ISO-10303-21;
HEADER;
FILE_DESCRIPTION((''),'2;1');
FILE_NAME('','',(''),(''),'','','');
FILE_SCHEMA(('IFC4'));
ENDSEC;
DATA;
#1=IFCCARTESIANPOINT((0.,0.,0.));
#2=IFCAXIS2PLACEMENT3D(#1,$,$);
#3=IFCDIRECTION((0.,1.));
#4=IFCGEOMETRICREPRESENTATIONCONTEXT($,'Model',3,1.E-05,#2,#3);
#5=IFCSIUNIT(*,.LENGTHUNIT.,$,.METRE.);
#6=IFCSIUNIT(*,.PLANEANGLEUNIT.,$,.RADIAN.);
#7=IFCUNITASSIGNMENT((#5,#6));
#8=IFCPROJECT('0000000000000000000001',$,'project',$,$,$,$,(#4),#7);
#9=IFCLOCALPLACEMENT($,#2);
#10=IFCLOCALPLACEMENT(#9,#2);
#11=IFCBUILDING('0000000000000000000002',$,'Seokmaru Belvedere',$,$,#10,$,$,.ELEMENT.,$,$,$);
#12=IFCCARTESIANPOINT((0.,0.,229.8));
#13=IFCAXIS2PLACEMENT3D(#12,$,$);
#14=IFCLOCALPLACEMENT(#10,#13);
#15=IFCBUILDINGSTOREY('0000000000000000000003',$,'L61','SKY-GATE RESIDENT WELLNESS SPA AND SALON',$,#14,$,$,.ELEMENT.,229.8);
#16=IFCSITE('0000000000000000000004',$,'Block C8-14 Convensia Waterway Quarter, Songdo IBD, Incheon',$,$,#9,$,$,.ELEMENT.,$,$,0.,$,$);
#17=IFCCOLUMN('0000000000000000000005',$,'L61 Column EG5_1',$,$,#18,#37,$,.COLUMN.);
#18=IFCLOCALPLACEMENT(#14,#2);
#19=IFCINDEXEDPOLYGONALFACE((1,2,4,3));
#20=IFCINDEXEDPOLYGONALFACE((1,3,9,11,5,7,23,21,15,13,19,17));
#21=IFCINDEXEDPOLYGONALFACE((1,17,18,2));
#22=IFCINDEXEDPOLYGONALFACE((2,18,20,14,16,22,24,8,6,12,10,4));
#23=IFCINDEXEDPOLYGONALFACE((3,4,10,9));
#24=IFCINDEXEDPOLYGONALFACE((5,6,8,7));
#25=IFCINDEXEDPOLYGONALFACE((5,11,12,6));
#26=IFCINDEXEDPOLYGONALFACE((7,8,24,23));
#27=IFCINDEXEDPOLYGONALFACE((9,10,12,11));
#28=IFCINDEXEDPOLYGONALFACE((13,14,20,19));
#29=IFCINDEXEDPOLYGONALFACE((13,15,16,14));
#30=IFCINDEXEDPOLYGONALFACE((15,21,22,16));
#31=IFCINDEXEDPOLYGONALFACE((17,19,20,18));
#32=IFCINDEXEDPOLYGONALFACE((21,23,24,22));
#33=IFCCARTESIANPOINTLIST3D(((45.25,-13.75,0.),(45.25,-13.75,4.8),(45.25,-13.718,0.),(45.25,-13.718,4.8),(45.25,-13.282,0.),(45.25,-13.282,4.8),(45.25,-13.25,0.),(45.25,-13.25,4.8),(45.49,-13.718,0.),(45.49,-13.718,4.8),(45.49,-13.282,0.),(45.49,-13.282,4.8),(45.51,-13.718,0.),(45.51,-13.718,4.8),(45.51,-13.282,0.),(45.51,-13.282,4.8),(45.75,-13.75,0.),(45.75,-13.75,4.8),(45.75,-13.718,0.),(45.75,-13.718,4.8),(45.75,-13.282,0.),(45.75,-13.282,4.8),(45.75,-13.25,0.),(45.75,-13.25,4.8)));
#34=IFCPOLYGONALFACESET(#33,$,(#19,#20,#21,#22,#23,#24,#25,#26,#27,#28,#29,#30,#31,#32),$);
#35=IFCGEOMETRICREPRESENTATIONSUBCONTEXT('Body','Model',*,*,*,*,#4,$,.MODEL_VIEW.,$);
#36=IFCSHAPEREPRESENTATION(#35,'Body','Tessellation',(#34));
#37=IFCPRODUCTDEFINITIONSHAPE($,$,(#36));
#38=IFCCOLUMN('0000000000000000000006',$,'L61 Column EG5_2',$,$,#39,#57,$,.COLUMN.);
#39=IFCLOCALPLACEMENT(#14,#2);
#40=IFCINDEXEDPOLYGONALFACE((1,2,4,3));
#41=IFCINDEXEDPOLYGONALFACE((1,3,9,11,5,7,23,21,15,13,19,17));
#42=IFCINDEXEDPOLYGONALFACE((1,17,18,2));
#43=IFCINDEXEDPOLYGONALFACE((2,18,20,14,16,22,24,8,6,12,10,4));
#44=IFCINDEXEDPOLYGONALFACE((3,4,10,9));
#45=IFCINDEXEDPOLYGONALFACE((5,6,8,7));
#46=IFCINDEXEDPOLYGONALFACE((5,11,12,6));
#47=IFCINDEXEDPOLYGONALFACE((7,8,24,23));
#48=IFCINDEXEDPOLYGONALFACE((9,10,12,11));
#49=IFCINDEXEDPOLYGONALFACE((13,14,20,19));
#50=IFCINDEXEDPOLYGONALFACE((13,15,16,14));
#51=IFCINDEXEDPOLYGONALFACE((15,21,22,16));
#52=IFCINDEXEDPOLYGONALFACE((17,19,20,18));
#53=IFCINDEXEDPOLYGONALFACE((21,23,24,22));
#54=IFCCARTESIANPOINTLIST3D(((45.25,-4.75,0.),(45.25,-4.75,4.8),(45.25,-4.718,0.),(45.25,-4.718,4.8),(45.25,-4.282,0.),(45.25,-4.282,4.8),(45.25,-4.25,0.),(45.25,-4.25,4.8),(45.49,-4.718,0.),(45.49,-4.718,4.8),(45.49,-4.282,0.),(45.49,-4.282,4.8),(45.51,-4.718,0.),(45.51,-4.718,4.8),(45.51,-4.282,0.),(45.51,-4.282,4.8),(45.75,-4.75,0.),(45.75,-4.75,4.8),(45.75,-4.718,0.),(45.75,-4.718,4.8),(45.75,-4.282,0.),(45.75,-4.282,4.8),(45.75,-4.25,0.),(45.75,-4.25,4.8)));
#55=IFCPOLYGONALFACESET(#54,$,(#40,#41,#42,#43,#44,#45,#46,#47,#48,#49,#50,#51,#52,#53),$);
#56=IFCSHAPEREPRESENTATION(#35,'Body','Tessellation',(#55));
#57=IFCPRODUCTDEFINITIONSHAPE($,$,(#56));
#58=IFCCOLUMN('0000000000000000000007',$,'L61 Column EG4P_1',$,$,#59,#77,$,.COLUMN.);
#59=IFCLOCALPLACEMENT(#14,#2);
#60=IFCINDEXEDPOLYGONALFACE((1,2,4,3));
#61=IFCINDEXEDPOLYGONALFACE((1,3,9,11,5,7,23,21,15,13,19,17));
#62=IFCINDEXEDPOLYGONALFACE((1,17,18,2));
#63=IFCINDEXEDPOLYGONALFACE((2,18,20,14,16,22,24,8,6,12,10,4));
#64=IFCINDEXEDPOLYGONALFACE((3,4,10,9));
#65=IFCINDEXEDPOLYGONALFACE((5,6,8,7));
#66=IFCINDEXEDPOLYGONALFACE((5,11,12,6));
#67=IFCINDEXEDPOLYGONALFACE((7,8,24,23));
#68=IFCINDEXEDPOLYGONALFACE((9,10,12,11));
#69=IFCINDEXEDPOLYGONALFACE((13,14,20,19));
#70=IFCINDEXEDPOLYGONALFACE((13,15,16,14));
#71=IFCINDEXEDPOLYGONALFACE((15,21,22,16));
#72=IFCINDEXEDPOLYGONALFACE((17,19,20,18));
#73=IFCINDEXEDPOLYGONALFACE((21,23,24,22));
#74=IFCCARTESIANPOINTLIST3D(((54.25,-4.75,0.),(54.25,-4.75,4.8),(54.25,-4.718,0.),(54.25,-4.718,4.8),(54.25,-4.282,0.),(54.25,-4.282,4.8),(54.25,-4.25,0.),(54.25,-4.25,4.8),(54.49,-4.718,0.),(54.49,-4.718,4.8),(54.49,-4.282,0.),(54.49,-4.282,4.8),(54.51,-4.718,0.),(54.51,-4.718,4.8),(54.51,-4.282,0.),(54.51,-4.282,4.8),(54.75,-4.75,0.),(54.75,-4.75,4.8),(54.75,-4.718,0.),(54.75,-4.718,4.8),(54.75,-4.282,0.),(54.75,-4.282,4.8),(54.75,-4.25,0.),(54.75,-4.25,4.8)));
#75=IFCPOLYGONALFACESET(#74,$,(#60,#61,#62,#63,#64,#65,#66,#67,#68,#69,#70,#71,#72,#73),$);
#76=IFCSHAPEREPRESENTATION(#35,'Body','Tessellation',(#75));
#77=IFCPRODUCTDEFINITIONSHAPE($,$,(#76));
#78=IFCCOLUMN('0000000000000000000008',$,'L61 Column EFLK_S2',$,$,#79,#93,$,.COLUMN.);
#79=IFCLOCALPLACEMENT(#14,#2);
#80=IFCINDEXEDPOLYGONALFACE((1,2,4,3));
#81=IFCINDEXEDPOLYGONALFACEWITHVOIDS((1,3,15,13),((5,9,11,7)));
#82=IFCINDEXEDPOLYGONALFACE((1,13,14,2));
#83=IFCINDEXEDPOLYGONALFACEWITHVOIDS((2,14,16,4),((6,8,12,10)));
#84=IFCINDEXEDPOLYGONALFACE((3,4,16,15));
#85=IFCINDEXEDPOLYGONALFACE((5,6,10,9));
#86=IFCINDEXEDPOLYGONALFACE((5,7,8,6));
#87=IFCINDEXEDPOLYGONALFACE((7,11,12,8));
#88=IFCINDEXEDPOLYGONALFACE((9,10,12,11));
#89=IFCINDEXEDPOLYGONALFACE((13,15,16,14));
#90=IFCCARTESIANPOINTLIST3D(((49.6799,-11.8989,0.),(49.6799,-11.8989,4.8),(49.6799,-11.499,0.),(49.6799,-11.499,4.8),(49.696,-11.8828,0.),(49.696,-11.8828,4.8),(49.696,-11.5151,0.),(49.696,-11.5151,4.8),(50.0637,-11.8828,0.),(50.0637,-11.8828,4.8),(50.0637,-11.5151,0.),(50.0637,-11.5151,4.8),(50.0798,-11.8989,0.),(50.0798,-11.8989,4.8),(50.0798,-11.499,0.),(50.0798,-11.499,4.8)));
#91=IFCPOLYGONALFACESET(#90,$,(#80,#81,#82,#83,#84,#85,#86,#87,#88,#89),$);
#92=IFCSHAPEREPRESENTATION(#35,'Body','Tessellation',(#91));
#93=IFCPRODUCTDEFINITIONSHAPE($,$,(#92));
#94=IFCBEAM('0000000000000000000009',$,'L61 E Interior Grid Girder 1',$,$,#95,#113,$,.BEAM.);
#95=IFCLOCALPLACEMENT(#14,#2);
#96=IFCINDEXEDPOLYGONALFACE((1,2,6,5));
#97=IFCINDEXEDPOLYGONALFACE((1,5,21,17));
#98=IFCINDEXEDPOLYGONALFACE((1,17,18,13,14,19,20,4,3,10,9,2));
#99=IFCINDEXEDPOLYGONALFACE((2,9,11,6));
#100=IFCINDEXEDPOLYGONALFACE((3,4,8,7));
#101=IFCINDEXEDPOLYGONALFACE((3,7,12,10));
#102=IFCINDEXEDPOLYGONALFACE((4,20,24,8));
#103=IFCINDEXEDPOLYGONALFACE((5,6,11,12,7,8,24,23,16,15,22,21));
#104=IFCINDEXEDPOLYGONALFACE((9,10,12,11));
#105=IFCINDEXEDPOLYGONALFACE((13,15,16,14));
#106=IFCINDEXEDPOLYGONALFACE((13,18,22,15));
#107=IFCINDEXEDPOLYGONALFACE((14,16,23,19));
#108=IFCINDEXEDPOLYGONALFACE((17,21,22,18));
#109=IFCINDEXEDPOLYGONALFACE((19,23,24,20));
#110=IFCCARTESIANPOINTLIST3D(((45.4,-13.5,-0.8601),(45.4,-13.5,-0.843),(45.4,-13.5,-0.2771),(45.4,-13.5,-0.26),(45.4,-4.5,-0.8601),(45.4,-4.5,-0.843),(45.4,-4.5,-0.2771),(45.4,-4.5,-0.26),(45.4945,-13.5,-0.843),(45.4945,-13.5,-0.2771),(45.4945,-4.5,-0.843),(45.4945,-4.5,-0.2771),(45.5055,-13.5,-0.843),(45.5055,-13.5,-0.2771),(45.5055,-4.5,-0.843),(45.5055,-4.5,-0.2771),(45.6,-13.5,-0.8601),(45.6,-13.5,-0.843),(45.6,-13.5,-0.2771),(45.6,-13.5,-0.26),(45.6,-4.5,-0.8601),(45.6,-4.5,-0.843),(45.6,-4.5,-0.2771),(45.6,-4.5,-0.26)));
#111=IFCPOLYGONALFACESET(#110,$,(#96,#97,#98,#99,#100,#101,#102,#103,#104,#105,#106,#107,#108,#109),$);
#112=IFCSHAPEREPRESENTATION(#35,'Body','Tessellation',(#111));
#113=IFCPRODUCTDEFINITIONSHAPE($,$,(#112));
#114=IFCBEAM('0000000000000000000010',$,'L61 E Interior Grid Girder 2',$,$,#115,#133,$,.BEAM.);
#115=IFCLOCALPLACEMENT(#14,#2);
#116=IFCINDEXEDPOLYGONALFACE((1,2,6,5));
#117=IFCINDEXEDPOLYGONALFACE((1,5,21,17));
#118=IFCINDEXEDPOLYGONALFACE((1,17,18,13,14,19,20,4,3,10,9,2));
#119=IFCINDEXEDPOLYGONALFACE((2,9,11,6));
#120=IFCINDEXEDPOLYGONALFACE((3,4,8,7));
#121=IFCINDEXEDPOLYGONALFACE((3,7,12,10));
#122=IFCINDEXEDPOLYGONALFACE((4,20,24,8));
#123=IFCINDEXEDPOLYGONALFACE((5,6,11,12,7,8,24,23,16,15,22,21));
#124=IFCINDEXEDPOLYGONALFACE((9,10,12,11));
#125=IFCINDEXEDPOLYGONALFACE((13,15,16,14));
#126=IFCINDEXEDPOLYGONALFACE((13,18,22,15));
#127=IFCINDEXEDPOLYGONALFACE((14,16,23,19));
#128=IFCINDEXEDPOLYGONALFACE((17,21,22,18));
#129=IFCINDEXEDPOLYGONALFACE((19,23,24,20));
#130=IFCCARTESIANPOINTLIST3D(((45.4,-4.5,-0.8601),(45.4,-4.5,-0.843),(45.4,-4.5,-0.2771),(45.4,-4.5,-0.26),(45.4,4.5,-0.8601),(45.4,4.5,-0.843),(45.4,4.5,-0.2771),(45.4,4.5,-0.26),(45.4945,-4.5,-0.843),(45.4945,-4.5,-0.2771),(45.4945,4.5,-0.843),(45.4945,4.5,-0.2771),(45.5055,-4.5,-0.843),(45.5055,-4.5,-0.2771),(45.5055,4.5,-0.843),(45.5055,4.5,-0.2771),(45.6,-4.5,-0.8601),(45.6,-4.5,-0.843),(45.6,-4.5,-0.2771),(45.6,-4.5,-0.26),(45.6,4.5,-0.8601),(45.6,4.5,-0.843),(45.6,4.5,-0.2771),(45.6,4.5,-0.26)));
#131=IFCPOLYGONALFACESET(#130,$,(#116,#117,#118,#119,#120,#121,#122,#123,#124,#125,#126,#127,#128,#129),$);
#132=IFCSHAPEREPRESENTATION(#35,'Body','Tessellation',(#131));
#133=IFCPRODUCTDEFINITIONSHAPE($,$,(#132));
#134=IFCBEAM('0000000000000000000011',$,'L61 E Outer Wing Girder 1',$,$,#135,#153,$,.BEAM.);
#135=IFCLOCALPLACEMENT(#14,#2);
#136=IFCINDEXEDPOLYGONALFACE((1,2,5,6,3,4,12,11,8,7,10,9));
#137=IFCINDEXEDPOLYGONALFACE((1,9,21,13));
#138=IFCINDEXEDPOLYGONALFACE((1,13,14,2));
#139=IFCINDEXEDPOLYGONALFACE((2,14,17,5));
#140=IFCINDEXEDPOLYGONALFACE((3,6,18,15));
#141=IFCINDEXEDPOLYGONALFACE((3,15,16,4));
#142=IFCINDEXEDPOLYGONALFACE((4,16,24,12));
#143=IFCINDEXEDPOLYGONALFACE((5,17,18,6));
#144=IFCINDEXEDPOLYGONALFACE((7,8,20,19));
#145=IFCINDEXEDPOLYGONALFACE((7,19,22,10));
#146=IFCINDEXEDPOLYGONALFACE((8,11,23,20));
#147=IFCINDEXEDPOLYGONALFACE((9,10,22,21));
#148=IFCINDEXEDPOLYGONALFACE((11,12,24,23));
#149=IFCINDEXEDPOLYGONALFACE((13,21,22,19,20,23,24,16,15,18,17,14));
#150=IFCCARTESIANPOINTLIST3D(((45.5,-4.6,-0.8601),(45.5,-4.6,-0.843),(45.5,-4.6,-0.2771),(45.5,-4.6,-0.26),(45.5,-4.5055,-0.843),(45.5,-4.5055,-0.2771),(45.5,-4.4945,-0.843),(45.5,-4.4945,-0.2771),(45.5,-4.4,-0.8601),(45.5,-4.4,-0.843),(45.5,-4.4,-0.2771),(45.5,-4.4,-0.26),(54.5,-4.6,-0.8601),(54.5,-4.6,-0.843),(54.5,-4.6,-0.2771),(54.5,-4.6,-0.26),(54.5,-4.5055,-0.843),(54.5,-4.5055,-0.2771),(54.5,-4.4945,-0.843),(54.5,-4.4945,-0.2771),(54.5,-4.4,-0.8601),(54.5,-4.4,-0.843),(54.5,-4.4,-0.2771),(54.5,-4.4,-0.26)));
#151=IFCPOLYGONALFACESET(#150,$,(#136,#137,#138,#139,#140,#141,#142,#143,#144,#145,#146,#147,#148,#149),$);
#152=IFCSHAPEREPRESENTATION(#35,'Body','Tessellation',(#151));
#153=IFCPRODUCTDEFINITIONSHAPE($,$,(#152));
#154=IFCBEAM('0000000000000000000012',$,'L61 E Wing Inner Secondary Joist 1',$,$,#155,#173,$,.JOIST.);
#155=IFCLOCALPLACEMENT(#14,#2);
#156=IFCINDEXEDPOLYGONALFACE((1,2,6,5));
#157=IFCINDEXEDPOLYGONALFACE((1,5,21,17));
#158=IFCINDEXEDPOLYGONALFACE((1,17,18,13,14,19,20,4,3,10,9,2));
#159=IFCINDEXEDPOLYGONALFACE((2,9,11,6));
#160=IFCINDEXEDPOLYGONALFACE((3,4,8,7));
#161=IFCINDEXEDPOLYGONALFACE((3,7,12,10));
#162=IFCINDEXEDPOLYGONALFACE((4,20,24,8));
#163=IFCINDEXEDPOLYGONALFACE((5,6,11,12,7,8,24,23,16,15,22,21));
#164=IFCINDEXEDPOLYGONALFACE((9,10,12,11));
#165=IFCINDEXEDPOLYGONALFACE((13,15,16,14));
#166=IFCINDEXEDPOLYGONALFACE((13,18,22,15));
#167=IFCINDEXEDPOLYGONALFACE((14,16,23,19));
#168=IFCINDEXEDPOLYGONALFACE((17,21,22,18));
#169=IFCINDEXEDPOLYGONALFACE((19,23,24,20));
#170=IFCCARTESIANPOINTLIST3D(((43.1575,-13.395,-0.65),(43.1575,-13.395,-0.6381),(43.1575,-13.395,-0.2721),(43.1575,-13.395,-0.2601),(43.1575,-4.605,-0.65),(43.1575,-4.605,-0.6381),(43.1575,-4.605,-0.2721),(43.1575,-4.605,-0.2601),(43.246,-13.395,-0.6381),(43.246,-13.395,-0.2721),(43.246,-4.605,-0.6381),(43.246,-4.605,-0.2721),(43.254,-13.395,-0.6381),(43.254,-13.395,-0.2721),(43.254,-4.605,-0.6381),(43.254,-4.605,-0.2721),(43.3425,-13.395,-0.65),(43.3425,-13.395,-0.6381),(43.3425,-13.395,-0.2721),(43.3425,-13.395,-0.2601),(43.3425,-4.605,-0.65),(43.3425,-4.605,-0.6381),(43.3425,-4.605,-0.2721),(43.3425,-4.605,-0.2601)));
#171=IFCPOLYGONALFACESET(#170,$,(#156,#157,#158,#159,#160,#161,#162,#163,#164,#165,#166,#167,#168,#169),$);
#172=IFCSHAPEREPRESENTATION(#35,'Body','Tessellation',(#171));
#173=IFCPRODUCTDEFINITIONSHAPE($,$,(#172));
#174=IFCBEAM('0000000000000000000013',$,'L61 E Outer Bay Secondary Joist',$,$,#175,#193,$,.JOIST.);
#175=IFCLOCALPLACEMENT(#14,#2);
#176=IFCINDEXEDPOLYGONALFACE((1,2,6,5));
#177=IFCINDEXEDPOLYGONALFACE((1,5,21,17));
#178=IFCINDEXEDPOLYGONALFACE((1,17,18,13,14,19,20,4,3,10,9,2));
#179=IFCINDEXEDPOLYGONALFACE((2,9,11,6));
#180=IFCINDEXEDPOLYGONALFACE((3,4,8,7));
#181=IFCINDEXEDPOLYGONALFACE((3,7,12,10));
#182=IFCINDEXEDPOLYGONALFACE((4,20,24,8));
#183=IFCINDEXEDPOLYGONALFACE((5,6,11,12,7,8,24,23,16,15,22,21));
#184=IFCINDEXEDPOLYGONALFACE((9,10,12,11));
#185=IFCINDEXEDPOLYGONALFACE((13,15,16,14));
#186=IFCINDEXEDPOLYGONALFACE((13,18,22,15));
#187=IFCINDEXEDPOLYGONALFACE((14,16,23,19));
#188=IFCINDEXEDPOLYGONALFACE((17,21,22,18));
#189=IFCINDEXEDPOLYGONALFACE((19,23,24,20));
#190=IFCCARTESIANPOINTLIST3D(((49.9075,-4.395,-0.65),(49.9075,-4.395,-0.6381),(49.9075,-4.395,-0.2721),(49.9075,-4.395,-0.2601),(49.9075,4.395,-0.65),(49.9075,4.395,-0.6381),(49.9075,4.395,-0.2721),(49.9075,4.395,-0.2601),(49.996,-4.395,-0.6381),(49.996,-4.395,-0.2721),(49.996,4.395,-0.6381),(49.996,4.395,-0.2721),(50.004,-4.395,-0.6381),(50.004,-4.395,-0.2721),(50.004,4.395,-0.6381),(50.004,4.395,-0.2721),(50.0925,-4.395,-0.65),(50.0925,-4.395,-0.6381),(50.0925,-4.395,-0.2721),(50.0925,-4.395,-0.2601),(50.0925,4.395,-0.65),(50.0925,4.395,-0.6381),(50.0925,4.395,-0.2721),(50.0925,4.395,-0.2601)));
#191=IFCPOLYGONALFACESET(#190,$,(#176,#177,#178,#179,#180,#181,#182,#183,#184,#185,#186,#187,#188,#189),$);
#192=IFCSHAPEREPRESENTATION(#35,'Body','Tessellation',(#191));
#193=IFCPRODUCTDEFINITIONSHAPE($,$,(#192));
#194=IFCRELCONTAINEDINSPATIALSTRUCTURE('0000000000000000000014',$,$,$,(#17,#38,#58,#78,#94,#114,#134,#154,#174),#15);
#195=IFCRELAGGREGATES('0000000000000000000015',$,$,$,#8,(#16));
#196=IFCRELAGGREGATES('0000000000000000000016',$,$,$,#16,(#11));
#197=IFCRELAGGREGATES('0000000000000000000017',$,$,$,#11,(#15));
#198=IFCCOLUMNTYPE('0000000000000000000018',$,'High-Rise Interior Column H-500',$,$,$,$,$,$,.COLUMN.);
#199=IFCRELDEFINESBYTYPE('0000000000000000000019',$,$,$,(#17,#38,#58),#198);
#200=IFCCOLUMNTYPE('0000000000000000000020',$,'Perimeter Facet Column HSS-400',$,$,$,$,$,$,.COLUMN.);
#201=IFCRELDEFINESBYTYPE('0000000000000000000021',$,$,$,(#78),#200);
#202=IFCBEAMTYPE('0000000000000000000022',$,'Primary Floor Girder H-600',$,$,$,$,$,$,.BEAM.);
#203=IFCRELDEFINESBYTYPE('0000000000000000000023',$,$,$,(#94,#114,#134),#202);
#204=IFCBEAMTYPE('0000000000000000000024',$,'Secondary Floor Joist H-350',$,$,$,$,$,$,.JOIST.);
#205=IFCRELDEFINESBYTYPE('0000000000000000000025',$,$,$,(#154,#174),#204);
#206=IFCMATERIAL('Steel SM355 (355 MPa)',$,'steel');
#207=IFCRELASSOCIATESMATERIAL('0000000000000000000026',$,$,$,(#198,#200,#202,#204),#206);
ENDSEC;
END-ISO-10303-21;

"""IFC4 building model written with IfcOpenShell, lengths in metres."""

from ifc_helpers import new_model, si_unit, direction, frame, origin, origin_2d, place, context, subcontext, project, spatial, hollow_rectangle, i_section, extrude, source, transform, mapped, material, material_profile, profile_set, type_object, type_shapes, element, save


model = new_model("IFC4")

# Units and contexts
model_context = context("Model", 3, precision=1e-05, world=origin(), true_north=direction((0.0, 1.0)))
body_context = subcontext(model_context, "Body", "Model", "MODEL_VIEW")
ifc_project = project(units=[si_unit("LENGTHUNIT", "METRE"), si_unit("PLANEANGLEUNIT", "RADIAN")], contexts=[model_context])

# Site, building, storey
site_placement = place(None, origin())
site = spatial("IfcSite", under=ifc_project, at=site_placement, Name="Block C8-14 Convensia Waterway Quarter, Songdo IBD, Incheon", CompositionType="ELEMENT", RefElevation=0.0)
building_placement = place(site_placement, origin())
building = spatial("IfcBuilding", under=site, at=building_placement, Name="Seokmaru Belvedere", CompositionType="ELEMENT")
storey_placement = place(building_placement, frame((0.0, 0.0, 229.8)))
storey = spatial("IfcBuildingStorey", under=building, at=storey_placement, Name="L61", Description="SKY-GATE RESIDENT WELLNESS SPA AND SALON", CompositionType="ELEMENT", Elevation=229.8)

# Columns
ifc_material_1 = material(Name="Steel SM355 (355 MPa)", Category="steel")
ifc_material_profile_1 = material_profile(ifc_material_1, i_section(OverallWidth=0.5, OverallDepth=0.5, WebThickness=0.02, FlangeThickness=0.032, at=origin_2d()), Name="H-500x500x20x32")
ifc_profile_set_1 = profile_set([ifc_material_profile_1], Name="Steel SM355 (355 MPa)")
column_type_1 = type_object("IfcColumnType", Name="High-Rise Interior Column H-500", PredefinedType="COLUMN", material=ifc_profile_set_1)
shared_shape_1 = source(origin(), body_context, "Body", "SweptSolid", [
    extrude(i_section(OverallWidth=0.5, OverallDepth=0.5, WebThickness=0.02, FlangeThickness=0.032, at=origin_2d()), origin(), (0.0, 0.0, 1.0), 4.8),
])
type_shapes(column_type_1, [shared_shape_1])
for number, where, z_axis, x_axis, name in (
    (1, (45.5, -13.5, 0.0), (0.0, 0.0, 1.0), (1.0, 0.0, 0.0), "L61 Column EG5_1"),
    (2, (45.5, -4.5, 0.0), (0.0, 0.0, 1.0), (1.0, 0.0, 0.0), "L61 Column EG5_2"),
    (3, (54.5, -4.5, 0.0), (0.0, 0.0, 1.0), (1.0, 0.0, 0.0), "L61 Column EG4P_1"),
):
    element("IfcColumn", number, at=place(storey_placement, frame(where, z_axis=z_axis, x_axis=x_axis)), inside=storey, type_object=column_type_1, Name=name, PredefinedType="COLUMN", context=body_context, shape_type="MappedRepresentation", body=[
        mapped(shared_shape_1, transform((0.0, 0.0, 0.0), scale=1.0)),
    ])
ifc_material_profile_2 = material_profile(ifc_material_1, hollow_rectangle(XDim=0.3999, YDim=0.3999, WallThickness=0.0161, at=origin_2d()), Name="HSS-400x400x16")
ifc_profile_set_2 = profile_set([ifc_material_profile_2], Name="Steel SM355 (355 MPa)")
column_type_2 = type_object("IfcColumnType", Name="Perimeter Facet Column HSS-400", PredefinedType="COLUMN", material=ifc_profile_set_2)
shared_shape_2 = source(origin(), body_context, "Body", "SweptSolid", [
    extrude(hollow_rectangle(XDim=0.3999, YDim=0.3999, WallThickness=0.0161, at=origin_2d()), origin(), (0.0, 0.0, 1.0), 4.8),
])
type_shapes(column_type_2, [shared_shape_2])
column_placement = place(storey_placement, frame((49.8799, -11.699, 0.0), z_axis=(0.0, 0.0, 1.0), x_axis=(1.0, 0.0, 0.0)))
element("IfcColumn", 4, at=column_placement, inside=storey, type_object=column_type_2, Name="L61 Column EFLK_S2", PredefinedType="COLUMN", context=body_context, shape_type="MappedRepresentation", body=[
    mapped(shared_shape_2, transform((0.0, 0.0, 0.0), scale=1.0)),
])

# Beams
ifc_material_profile_3 = material_profile(ifc_material_1, i_section(OverallWidth=0.2, OverallDepth=0.6001, WebThickness=0.011, FlangeThickness=0.0171, at=origin_2d()), Name="H-600x200x11x17")
ifc_profile_set_3 = profile_set([ifc_material_profile_3], Name="Steel SM355 (355 MPa)")
beam_type_1 = type_object("IfcBeamType", Name="Primary Floor Girder H-600", PredefinedType="BEAM", material=ifc_profile_set_3)
shared_shape_3 = source(origin(), body_context, "Body", "SweptSolid", [
    extrude(i_section(OverallWidth=0.2, OverallDepth=0.6001, WebThickness=0.011, FlangeThickness=0.0171, at=origin_2d()), origin(), (0.0, 0.0, 1.0), 9.0),
])
for number, where, z_axis, x_axis, name in (
    (5, (45.5, -13.5, -0.5601), (0.0, 1.0, 0.0), (-1.0, 0.0, 0.0), "L61 E Interior Grid Girder 1"),
    (6, (45.5, -4.5, -0.5601), (0.0, 1.0, 0.0), (-1.0, 0.0, 0.0), "L61 E Interior Grid Girder 2"),
    (7, (45.5, -4.5, -0.5601), (1.0, 0.0, 0.0), (0.0, 1.0, 0.0), "L61 E Outer Wing Girder 1"),
):
    element("IfcBeam", number, at=place(storey_placement, frame(where, z_axis=z_axis, x_axis=x_axis)), inside=storey, type_object=beam_type_1, Name=name, PredefinedType="BEAM", context=body_context, shape_type="MappedRepresentation", body=[
        mapped(shared_shape_3, transform((0.0, 0.0, 0.0), scale=1.0)),
    ])
ifc_material_profile_4 = material_profile(ifc_material_1, i_section(OverallWidth=0.1851, OverallDepth=0.3899, WebThickness=0.0081, FlangeThickness=0.012, at=origin_2d()), Name="H-390x185x8x12")
ifc_profile_set_4 = profile_set([ifc_material_profile_4], Name="Steel SM355 (355 MPa)")
beam_type_2 = type_object("IfcBeamType", Name="Secondary Floor Joist H-350", PredefinedType="JOIST", material=ifc_profile_set_4)
shared_shape_4 = source(origin(), body_context, "Body", "SweptSolid", [
    extrude(i_section(OverallWidth=0.1851, OverallDepth=0.3899, WebThickness=0.0081, FlangeThickness=0.012, at=origin_2d()), origin(), (0.0, 0.0, 1.0), 8.79),
])
type_shapes(beam_type_2, [shared_shape_4])
for number, where, z_axis, x_axis, name in (
    (8, (43.25, -13.395, -0.4551), (0.0, 1.0, 0.0), (-1.0, 0.0, 0.0), "L61 E Wing Inner Secondary Joist 1"),
    (9, (50.0, -4.395, -0.4551), (0.0, 1.0, 0.0), (-1.0, 0.0, 0.0), "L61 E Outer Bay Secondary Joist"),
):
    element("IfcBeam", number, at=place(storey_placement, frame(where, z_axis=z_axis, x_axis=x_axis)), inside=storey, type_object=beam_type_2, Name=name, PredefinedType="JOIST", context=body_context, shape_type="MappedRepresentation", body=[
        mapped(shared_shape_4, transform((0.0, 0.0, 0.0), scale=1.0)),
    ])

save(model, "model.ifc")
